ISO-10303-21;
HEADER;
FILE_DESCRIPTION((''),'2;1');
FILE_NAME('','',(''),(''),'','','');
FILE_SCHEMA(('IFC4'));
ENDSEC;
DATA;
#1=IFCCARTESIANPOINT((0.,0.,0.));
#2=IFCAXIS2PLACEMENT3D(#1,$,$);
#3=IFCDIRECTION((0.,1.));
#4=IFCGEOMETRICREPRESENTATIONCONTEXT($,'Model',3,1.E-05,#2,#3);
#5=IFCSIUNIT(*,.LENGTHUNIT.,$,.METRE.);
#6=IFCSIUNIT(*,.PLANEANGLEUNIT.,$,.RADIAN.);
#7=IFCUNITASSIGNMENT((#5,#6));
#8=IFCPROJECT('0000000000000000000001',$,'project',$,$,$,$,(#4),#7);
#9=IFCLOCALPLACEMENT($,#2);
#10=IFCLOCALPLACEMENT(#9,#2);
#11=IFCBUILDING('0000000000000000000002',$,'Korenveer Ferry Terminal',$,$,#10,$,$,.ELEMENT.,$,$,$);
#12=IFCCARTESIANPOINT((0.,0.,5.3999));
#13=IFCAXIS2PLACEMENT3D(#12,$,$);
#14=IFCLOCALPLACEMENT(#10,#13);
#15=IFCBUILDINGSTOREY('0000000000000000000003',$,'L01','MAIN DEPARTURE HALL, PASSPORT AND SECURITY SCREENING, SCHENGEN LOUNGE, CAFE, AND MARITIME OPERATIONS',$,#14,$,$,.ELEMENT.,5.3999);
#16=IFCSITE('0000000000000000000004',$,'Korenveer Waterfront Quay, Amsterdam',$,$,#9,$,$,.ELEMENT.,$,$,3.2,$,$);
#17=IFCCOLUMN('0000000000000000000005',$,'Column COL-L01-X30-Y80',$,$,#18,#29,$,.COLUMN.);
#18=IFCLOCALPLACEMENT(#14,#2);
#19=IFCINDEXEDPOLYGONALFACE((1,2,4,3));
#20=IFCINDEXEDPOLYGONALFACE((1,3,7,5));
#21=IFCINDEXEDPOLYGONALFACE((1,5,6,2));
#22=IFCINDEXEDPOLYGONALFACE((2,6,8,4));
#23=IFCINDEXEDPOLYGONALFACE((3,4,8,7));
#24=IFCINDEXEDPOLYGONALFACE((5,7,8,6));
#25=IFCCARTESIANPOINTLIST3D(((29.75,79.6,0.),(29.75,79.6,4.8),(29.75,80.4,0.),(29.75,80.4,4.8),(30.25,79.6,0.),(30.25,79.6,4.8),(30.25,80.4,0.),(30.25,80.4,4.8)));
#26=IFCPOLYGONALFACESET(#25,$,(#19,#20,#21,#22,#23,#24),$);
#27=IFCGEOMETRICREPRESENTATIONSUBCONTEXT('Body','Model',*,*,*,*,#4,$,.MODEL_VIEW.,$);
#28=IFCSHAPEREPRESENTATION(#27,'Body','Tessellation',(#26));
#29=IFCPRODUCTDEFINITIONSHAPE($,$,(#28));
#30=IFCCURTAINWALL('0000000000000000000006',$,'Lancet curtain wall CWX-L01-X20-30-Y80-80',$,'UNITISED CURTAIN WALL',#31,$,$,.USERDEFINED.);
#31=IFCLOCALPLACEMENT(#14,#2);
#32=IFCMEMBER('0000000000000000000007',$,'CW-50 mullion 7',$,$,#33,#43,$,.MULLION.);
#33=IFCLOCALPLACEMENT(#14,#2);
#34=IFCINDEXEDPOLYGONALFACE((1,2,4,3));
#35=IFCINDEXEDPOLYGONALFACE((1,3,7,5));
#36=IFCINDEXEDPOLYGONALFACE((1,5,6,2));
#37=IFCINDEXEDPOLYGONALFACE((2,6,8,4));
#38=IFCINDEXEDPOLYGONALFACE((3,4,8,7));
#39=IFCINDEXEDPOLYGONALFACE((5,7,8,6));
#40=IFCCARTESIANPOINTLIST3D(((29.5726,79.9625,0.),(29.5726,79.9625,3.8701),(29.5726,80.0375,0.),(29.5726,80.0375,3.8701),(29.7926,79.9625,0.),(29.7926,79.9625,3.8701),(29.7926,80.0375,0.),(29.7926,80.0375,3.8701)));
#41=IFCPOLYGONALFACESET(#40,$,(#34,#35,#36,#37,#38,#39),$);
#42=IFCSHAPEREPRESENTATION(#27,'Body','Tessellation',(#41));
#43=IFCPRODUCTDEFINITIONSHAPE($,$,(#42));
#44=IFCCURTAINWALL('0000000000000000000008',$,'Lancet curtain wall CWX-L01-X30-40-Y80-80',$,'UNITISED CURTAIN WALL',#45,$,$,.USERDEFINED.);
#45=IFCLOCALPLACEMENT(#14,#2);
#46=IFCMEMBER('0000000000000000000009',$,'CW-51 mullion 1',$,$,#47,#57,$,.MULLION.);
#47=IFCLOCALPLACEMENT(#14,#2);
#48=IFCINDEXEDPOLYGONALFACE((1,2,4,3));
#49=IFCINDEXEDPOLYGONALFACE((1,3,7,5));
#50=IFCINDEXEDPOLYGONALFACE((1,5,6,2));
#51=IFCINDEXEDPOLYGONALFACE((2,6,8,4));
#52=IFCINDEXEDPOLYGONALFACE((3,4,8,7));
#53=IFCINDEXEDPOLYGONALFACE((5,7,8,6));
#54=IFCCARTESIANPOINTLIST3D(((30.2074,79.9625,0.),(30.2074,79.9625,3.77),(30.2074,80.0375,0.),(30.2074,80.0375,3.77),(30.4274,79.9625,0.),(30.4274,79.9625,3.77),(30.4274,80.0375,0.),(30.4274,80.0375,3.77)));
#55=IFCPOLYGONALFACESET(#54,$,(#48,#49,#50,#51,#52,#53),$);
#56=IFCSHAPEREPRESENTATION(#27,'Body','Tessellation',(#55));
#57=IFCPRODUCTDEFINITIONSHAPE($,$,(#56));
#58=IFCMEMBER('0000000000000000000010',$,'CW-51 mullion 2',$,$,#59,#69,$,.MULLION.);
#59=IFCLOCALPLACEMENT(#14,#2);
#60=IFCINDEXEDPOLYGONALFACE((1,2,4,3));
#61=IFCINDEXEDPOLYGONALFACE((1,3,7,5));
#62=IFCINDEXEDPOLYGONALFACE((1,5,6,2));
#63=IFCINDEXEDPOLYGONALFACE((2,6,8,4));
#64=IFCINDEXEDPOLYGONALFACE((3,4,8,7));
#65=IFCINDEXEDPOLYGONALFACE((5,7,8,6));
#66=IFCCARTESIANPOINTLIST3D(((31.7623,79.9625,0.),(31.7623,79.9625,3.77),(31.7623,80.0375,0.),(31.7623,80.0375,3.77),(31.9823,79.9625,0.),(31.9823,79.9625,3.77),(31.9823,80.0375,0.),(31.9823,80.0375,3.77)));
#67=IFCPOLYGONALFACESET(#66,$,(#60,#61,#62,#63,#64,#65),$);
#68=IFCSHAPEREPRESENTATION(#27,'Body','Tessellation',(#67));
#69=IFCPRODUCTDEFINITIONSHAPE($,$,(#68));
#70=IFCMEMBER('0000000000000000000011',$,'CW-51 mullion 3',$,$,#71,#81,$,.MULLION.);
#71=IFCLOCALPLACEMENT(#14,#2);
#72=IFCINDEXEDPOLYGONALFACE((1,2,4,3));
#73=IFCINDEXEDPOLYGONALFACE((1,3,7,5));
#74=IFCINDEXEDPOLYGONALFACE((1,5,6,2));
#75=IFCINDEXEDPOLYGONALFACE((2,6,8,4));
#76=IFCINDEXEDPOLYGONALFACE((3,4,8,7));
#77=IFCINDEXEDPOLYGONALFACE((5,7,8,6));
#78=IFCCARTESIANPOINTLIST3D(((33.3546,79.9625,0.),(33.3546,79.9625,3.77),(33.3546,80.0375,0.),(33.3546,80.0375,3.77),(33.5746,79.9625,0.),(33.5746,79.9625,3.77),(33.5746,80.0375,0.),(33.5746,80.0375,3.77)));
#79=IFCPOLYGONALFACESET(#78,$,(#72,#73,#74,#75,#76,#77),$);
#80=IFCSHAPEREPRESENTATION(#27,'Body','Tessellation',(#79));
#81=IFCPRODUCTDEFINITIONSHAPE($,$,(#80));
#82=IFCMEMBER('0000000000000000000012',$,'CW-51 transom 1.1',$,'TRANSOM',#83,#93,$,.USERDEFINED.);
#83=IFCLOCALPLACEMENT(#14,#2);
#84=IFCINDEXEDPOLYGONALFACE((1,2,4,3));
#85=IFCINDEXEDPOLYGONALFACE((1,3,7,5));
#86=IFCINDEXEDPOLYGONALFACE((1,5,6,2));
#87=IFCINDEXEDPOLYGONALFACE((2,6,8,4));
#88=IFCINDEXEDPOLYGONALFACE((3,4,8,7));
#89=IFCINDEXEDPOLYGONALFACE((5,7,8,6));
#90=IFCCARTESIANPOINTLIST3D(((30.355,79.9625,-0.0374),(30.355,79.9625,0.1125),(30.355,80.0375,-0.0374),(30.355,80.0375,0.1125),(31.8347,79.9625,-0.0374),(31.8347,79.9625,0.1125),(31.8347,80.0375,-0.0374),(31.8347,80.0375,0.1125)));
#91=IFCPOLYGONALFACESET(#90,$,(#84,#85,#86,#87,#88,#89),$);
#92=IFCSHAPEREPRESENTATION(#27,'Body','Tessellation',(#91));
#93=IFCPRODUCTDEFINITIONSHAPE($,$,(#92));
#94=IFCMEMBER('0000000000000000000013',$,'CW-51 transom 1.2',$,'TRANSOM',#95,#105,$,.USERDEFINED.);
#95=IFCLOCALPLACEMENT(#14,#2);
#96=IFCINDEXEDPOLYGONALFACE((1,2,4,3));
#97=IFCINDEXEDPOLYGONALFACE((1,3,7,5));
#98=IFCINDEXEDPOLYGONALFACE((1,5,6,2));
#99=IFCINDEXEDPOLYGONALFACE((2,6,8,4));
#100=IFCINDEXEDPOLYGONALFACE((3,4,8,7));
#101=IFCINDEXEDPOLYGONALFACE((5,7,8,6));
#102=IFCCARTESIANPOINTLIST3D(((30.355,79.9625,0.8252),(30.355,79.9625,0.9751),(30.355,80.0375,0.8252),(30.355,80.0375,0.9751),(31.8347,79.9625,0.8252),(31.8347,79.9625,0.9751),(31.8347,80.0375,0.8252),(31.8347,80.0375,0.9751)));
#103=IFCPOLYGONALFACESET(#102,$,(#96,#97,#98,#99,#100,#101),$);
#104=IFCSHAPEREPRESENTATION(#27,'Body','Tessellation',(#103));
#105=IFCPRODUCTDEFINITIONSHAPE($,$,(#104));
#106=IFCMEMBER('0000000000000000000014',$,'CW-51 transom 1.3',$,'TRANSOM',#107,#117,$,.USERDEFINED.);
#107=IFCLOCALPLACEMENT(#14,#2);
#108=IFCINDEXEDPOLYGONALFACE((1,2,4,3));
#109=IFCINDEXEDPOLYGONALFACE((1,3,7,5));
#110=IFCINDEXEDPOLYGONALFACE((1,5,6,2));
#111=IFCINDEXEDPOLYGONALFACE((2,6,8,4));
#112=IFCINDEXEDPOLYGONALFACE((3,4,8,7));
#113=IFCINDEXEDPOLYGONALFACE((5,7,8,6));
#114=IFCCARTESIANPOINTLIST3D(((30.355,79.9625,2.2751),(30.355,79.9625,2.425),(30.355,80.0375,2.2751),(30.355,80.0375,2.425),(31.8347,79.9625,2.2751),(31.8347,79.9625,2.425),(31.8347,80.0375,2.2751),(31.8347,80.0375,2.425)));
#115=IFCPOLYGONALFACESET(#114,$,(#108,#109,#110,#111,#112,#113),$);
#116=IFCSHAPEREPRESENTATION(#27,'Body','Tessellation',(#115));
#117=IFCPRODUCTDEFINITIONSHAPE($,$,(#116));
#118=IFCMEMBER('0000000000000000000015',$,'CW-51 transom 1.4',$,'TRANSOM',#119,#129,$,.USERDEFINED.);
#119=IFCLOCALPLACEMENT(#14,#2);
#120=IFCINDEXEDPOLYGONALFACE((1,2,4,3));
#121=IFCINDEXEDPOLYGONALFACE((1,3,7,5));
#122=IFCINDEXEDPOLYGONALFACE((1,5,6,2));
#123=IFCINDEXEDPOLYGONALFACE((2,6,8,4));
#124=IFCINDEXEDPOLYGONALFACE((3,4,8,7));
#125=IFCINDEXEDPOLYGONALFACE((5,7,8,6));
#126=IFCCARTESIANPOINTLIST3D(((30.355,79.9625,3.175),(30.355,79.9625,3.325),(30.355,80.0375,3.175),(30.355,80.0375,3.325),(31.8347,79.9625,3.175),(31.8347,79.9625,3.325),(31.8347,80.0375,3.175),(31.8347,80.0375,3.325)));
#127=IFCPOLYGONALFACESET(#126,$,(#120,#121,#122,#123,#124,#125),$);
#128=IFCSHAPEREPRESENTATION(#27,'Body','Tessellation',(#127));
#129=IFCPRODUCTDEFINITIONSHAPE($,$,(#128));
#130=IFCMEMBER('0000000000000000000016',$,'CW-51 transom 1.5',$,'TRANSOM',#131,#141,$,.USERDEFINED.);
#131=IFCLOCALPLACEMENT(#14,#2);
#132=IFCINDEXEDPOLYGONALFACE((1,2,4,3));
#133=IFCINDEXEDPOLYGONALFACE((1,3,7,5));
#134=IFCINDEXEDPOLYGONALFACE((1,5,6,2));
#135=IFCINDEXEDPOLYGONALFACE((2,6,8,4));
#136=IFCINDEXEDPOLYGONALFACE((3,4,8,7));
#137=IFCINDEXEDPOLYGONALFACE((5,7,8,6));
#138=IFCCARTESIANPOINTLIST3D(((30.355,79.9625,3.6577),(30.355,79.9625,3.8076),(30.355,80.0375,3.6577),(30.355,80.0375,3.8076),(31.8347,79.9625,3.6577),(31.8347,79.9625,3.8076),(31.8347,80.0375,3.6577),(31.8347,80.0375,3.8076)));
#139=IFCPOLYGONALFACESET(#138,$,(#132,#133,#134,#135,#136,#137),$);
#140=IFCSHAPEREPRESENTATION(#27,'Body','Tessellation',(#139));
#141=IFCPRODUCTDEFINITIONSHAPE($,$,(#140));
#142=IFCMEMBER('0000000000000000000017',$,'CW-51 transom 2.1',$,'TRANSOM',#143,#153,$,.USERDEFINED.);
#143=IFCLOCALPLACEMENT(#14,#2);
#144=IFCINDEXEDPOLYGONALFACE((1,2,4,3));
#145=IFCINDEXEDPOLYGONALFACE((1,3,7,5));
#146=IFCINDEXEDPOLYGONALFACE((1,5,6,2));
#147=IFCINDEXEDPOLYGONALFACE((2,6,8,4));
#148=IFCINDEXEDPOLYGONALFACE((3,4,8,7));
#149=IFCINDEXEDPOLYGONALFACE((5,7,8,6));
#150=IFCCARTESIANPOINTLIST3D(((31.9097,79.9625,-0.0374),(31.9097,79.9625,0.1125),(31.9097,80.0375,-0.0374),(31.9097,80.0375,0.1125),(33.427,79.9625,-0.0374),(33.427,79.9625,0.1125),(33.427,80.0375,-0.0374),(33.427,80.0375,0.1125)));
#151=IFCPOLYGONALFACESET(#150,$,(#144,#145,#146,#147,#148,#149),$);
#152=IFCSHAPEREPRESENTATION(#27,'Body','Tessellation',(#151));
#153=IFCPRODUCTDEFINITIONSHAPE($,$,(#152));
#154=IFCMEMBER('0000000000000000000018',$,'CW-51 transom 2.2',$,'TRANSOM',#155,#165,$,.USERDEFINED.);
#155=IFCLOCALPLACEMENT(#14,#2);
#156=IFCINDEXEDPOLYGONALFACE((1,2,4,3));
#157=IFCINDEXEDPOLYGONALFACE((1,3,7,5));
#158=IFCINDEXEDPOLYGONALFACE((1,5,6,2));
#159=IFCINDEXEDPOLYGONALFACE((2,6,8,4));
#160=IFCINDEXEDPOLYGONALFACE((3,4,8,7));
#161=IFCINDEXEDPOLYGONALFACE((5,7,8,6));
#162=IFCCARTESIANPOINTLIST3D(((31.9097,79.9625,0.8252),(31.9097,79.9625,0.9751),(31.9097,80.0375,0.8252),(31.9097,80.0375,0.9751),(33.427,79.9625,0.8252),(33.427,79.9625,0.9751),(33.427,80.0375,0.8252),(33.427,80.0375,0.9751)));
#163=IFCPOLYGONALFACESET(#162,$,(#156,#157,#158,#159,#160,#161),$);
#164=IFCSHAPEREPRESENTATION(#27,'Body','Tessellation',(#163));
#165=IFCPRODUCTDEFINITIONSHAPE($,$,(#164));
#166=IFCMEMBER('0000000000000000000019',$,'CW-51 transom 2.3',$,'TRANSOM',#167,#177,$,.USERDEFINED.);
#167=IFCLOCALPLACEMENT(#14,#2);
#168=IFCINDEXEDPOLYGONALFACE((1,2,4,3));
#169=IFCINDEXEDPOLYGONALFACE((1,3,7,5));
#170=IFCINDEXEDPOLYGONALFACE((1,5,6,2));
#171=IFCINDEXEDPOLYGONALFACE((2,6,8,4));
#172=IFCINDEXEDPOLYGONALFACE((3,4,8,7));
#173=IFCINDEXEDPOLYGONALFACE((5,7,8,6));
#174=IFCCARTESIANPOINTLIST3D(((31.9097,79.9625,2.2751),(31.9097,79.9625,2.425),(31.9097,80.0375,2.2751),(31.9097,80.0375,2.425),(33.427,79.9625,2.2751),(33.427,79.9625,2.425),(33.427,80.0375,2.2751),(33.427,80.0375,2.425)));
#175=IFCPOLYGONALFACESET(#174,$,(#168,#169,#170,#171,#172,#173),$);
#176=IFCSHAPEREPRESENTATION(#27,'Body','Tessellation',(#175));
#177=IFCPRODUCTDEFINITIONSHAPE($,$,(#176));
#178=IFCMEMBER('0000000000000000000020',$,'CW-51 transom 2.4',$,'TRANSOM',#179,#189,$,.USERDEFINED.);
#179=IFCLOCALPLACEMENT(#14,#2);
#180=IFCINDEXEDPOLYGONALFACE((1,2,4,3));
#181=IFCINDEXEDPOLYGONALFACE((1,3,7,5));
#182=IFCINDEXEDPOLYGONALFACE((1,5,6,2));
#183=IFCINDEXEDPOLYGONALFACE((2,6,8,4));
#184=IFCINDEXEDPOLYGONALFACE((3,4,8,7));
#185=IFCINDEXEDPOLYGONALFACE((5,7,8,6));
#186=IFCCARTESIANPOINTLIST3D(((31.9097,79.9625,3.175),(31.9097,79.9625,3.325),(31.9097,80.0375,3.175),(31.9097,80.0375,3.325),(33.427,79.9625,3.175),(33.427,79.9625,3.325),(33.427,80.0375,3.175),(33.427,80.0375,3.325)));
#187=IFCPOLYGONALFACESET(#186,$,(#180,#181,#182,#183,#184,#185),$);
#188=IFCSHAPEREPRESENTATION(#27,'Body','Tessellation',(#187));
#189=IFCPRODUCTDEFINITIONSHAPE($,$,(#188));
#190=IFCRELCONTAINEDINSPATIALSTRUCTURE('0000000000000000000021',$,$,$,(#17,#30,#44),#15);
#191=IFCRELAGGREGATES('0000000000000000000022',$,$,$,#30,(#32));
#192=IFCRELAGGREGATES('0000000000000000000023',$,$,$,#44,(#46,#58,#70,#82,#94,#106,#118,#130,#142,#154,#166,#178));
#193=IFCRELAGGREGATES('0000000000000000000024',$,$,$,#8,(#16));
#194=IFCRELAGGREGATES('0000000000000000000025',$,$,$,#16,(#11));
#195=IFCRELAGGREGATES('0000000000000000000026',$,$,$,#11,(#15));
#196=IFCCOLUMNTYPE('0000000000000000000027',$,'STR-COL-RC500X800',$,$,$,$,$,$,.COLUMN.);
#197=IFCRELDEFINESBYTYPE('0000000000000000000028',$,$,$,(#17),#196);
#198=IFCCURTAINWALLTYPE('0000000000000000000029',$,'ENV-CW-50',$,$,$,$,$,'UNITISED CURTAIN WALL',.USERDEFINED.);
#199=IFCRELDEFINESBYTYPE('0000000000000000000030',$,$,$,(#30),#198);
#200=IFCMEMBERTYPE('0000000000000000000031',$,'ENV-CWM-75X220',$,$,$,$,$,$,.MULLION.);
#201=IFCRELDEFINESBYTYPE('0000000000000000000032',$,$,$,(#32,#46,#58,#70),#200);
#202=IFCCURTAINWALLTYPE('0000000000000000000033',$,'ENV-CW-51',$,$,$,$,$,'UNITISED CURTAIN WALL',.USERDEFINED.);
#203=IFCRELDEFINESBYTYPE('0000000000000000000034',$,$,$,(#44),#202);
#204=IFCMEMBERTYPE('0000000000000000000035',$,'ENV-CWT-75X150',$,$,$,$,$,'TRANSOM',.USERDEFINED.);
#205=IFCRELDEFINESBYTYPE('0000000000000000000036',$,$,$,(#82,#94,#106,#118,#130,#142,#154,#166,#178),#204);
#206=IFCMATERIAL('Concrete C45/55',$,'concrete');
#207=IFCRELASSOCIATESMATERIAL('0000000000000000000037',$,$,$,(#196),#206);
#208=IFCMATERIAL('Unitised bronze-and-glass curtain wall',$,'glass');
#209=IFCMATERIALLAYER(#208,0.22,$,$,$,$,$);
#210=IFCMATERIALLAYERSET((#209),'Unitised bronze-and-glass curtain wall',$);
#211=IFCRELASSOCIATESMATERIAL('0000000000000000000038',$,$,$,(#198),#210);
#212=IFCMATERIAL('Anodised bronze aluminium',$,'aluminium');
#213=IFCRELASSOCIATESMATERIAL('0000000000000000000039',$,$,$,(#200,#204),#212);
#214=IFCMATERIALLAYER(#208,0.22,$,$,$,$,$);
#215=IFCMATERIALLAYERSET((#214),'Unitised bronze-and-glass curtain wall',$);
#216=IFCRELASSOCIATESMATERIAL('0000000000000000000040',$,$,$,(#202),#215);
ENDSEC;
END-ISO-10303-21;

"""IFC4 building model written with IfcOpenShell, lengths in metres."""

from ifc_helpers import new_model, si_unit, direction, frame, origin, origin_2d, place, context, subcontext, project, spatial, rectangle, extrude, material, layer, layer_set, material_profile, profile_set, type_object, element, aggregate, save


model = new_model("IFC4")

# Units and contexts
model_context = context("Model", 3, precision=1e-05, world=origin(), true_north=direction((0.0, 1.0)))
body_context = subcontext(model_context, "Body", "Model", "MODEL_VIEW")
ifc_project = project(units=[si_unit("LENGTHUNIT", "METRE"), si_unit("PLANEANGLEUNIT", "RADIAN")], contexts=[model_context])

# Site, building, storey
site_placement = place(None, origin())
site = spatial("IfcSite", under=ifc_project, at=site_placement, Name="Korenveer Waterfront Quay, Amsterdam", CompositionType="ELEMENT", RefElevation=3.2)
building_placement = place(site_placement, origin())
building = spatial("IfcBuilding", under=site, at=building_placement, Name="Korenveer Ferry Terminal", CompositionType="ELEMENT")
storey_placement = place(building_placement, frame((0.0, 0.0, 5.3999)))
storey = spatial("IfcBuildingStorey", under=building, at=storey_placement, Name="L01", Description="MAIN DEPARTURE HALL, PASSPORT AND SECURITY SCREENING, SCHENGEN LOUNGE, CAFE, AND MARITIME OPERATIONS", CompositionType="ELEMENT", Elevation=5.3999)

# Column
ifc_material_1 = material(Name="Concrete C45/55", Category="concrete")
ifc_material_profile_1 = material_profile(ifc_material_1, rectangle(XDim=0.5, YDim=0.8, at=origin_2d()), Name="RC 500x800")
ifc_profile_set_1 = profile_set([ifc_material_profile_1], Name="Concrete C45/55")
column_type = type_object("IfcColumnType", Name="STR-COL-RC500X800", PredefinedType="COLUMN", material=ifc_profile_set_1)
column_placement = place(storey_placement, frame((30.0, 80.0, 0.0), z_axis=(0.0, 0.0, 1.0), x_axis=(1.0, 0.0, 0.0)))
element("IfcColumn", 1, at=column_placement, inside=storey, type_object=column_type, Name="Column COL-L01-X30-Y80", PredefinedType="COLUMN", context=body_context, shape_type="SweptSolid", body=[
    extrude(rectangle(XDim=0.5, YDim=0.8, at=origin_2d()), origin(), (0.0, 0.0, 1.0), 4.8),
])

# Curtain wall, member
ifc_material_2 = material(Name="Unitised bronze-and-glass curtain wall", Category="glass")
ifc_layer_1 = layer(ifc_material_2, 0.22)
ifc_layer_set_1 = layer_set([ifc_layer_1], Name="Unitised bronze-and-glass curtain wall")
curtain_wall_type_1 = type_object("IfcCurtainWallType", Name="ENV-CW-50", ElementType="UNITISED CURTAIN WALL", PredefinedType="USERDEFINED", material=ifc_layer_set_1)
curtain_wall_1_placement = place(storey_placement, frame((20.28, 80.0, 0.0)))
curtain_wall_1 = element("IfcCurtainWall", 2, at=curtain_wall_1_placement, inside=storey, type_object=curtain_wall_type_1, Name="Lancet curtain wall CWX-L01-X20-30-Y80-80", ObjectType="UNITISED CURTAIN WALL", PredefinedType="USERDEFINED")
ifc_material_3 = material(Name="Anodised bronze aluminium", Category="aluminium")
ifc_material_profile_2 = material_profile(ifc_material_3, rectangle(XDim=0.075, YDim=0.22, at=origin_2d()), Name="ALU 75x220")
ifc_profile_set_2 = profile_set([ifc_material_profile_2], Name="Anodised bronze aluminium")
member_type_1 = type_object("IfcMemberType", Name="ENV-CWM-75X220", PredefinedType="MULLION", material=ifc_profile_set_2)
member_1_placement = place(storey_placement, frame((29.6826, 80.0, 0.0), z_axis=(0.0, 0.0, 1.0), x_axis=(0.0, 1.0, 0.0)))
member_1 = element("IfcMember", 3, at=member_1_placement, type_object=member_type_1, Name="CW-50 mullion 7", PredefinedType="MULLION", context=body_context, shape_type="SweptSolid", body=[
    extrude(rectangle(XDim=0.075, YDim=0.22, at=origin_2d()), origin(), (0.0, 0.0, 1.0), 3.8701),
])

# Curtain wall, members
ifc_layer_2 = layer(ifc_material_2, 0.22)
ifc_layer_set_2 = layer_set([ifc_layer_2], Name="Unitised bronze-and-glass curtain wall")
curtain_wall_type_2 = type_object("IfcCurtainWallType", Name="ENV-CW-51", ElementType="UNITISED CURTAIN WALL", PredefinedType="USERDEFINED", material=ifc_layer_set_2)
curtain_wall_2_placement = place(storey_placement, frame((30.28, 80.0, 0.0)))
curtain_wall_2 = element("IfcCurtainWall", 4, at=curtain_wall_2_placement, inside=storey, type_object=curtain_wall_type_2, Name="Lancet curtain wall CWX-L01-X30-40-Y80-80", ObjectType="UNITISED CURTAIN WALL", PredefinedType="USERDEFINED")
member_2_placement = place(storey_placement, frame((30.3174, 80.0, 0.0), z_axis=(0.0, 0.0, 1.0), x_axis=(0.0, 1.0, 0.0)))
member_2 = element("IfcMember", 5, at=member_2_placement, type_object=member_type_1, Name="CW-51 mullion 1", PredefinedType="MULLION", context=body_context, shape_type="SweptSolid", body=[
    extrude(rectangle(XDim=0.075, YDim=0.22, at=origin_2d()), origin(), (0.0, 0.0, 1.0), 3.77),
])
member_3_placement = place(storey_placement, frame((31.8723, 80.0, 0.0), z_axis=(0.0, 0.0, 1.0), x_axis=(0.0, 1.0, 0.0)))
member_3 = element("IfcMember", 6, at=member_3_placement, type_object=member_type_1, Name="CW-51 mullion 2", PredefinedType="MULLION", context=body_context, shape_type="SweptSolid", body=[
    extrude(rectangle(XDim=0.075, YDim=0.22, at=origin_2d()), origin(), (0.0, 0.0, 1.0), 3.77),
])
member_4_placement = place(storey_placement, frame((33.4646, 80.0, 0.0), z_axis=(0.0, 0.0, 1.0), x_axis=(0.0, 1.0, 0.0)))
member_4 = element("IfcMember", 7, at=member_4_placement, type_object=member_type_1, Name="CW-51 mullion 3", PredefinedType="MULLION", context=body_context, shape_type="SweptSolid", body=[
    extrude(rectangle(XDim=0.075, YDim=0.22, at=origin_2d()), origin(), (0.0, 0.0, 1.0), 3.77),
])
ifc_material_profile_3 = material_profile(ifc_material_3, rectangle(XDim=0.075, YDim=0.1499, at=origin_2d()), Name="ALU 75x150")
ifc_profile_set_3 = profile_set([ifc_material_profile_3], Name="Anodised bronze aluminium")
member_type_2 = type_object("IfcMemberType", Name="ENV-CWT-75X150", ElementType="TRANSOM", PredefinedType="USERDEFINED", material=ifc_profile_set_3)
member_5_placement = place(storey_placement, frame((30.355, 80.0, 0.0376), z_axis=(1.0, 0.0, 0.0), x_axis=(0.0, 1.0, 0.0)))
member_5 = element("IfcMember", 8, at=member_5_placement, type_object=member_type_2, Name="CW-51 transom 1.1", ObjectType="TRANSOM", PredefinedType="USERDEFINED", context=body_context, shape_type="SweptSolid", body=[
    extrude(rectangle(XDim=0.075, YDim=0.1499, at=origin_2d()), origin(), (0.0, 0.0, 1.0), 1.4797),
])
member_6_placement = place(storey_placement, frame((30.355, 80.0, 0.9001), z_axis=(1.0, 0.0, 0.0), x_axis=(0.0, 1.0, 0.0)))
member_6 = element("IfcMember", 9, at=member_6_placement, type_object=member_type_2, Name="CW-51 transom 1.2", ObjectType="TRANSOM", PredefinedType="USERDEFINED", context=body_context, shape_type="SweptSolid", body=[
    extrude(rectangle(XDim=0.075, YDim=0.1499, at=origin_2d()), origin(), (0.0, 0.0, 1.0), 1.4797),
])
member_7_placement = place(storey_placement, frame((30.355, 80.0, 2.3501), z_axis=(1.0, 0.0, 0.0), x_axis=(0.0, 1.0, 0.0)))
member_7 = element("IfcMember", 10, at=member_7_placement, type_object=member_type_2, Name="CW-51 transom 1.3", ObjectType="TRANSOM", PredefinedType="USERDEFINED", context=body_context, shape_type="SweptSolid", body=[
    extrude(rectangle(XDim=0.075, YDim=0.1499, at=origin_2d()), origin(), (0.0, 0.0, 1.0), 1.4797),
])
member_8_placement = place(storey_placement, frame((30.355, 80.0, 3.25), z_axis=(1.0, 0.0, 0.0), x_axis=(0.0, 1.0, 0.0)))
member_8 = element("IfcMember", 11, at=member_8_placement, type_object=member_type_2, Name="CW-51 transom 1.4", ObjectType="TRANSOM", PredefinedType="USERDEFINED", context=body_context, shape_type="SweptSolid", body=[
    extrude(rectangle(XDim=0.075, YDim=0.1499, at=origin_2d()), origin(), (0.0, 0.0, 1.0), 1.4797),
])
member_9_placement = place(storey_placement, frame((30.355, 80.0, 3.7327), z_axis=(1.0, 0.0, 0.0), x_axis=(0.0, 1.0, 0.0)))
member_9 = element("IfcMember", 12, at=member_9_placement, type_object=member_type_2, Name="CW-51 transom 1.5", ObjectType="TRANSOM", PredefinedType="USERDEFINED", context=body_context, shape_type="SweptSolid", body=[
    extrude(rectangle(XDim=0.075, YDim=0.1499, at=origin_2d()), origin(), (0.0, 0.0, 1.0), 1.4797),
])
member_10_placement = place(storey_placement, frame((31.9097, 80.0, 0.0376), z_axis=(1.0, 0.0, 0.0), x_axis=(0.0, 1.0, 0.0)))
member_10 = element("IfcMember", 13, at=member_10_placement, type_object=member_type_2, Name="CW-51 transom 2.1", ObjectType="TRANSOM", PredefinedType="USERDEFINED", context=body_context, shape_type="SweptSolid", body=[
    extrude(rectangle(XDim=0.075, YDim=0.1499, at=origin_2d()), origin(), (0.0, 0.0, 1.0), 1.5173),
])
member_11_placement = place(storey_placement, frame((31.9097, 80.0, 0.9001), z_axis=(1.0, 0.0, 0.0), x_axis=(0.0, 1.0, 0.0)))
member_11 = element("IfcMember", 14, at=member_11_placement, type_object=member_type_2, Name="CW-51 transom 2.2", ObjectType="TRANSOM", PredefinedType="USERDEFINED", context=body_context, shape_type="SweptSolid", body=[
    extrude(rectangle(XDim=0.075, YDim=0.1499, at=origin_2d()), origin(), (0.0, 0.0, 1.0), 1.5173),
])
member_12_placement = place(storey_placement, frame((31.9097, 80.0, 2.3501), z_axis=(1.0, 0.0, 0.0), x_axis=(0.0, 1.0, 0.0)))
member_12 = element("IfcMember", 15, at=member_12_placement, type_object=member_type_2, Name="CW-51 transom 2.3", ObjectType="TRANSOM", PredefinedType="USERDEFINED", context=body_context, shape_type="SweptSolid", body=[
    extrude(rectangle(XDim=0.075, YDim=0.1499, at=origin_2d()), origin(), (0.0, 0.0, 1.0), 1.5173),
])
member_13_placement = place(storey_placement, frame((31.9097, 80.0, 3.25), z_axis=(1.0, 0.0, 0.0), x_axis=(0.0, 1.0, 0.0)))
member_13 = element("IfcMember", 16, at=member_13_placement, type_object=member_type_2, Name="CW-51 transom 2.4", ObjectType="TRANSOM", PredefinedType="USERDEFINED", context=body_context, shape_type="SweptSolid", body=[
    extrude(rectangle(XDim=0.075, YDim=0.1499, at=origin_2d()), origin(), (0.0, 0.0, 1.0), 1.5173),
])

aggregate(curtain_wall_1, [member_1])
aggregate(curtain_wall_2, [member_2, member_3, member_4, member_5, member_6, member_7, member_8, member_9, member_10, member_11, member_12, member_13])

save(model, "model.ifc")
